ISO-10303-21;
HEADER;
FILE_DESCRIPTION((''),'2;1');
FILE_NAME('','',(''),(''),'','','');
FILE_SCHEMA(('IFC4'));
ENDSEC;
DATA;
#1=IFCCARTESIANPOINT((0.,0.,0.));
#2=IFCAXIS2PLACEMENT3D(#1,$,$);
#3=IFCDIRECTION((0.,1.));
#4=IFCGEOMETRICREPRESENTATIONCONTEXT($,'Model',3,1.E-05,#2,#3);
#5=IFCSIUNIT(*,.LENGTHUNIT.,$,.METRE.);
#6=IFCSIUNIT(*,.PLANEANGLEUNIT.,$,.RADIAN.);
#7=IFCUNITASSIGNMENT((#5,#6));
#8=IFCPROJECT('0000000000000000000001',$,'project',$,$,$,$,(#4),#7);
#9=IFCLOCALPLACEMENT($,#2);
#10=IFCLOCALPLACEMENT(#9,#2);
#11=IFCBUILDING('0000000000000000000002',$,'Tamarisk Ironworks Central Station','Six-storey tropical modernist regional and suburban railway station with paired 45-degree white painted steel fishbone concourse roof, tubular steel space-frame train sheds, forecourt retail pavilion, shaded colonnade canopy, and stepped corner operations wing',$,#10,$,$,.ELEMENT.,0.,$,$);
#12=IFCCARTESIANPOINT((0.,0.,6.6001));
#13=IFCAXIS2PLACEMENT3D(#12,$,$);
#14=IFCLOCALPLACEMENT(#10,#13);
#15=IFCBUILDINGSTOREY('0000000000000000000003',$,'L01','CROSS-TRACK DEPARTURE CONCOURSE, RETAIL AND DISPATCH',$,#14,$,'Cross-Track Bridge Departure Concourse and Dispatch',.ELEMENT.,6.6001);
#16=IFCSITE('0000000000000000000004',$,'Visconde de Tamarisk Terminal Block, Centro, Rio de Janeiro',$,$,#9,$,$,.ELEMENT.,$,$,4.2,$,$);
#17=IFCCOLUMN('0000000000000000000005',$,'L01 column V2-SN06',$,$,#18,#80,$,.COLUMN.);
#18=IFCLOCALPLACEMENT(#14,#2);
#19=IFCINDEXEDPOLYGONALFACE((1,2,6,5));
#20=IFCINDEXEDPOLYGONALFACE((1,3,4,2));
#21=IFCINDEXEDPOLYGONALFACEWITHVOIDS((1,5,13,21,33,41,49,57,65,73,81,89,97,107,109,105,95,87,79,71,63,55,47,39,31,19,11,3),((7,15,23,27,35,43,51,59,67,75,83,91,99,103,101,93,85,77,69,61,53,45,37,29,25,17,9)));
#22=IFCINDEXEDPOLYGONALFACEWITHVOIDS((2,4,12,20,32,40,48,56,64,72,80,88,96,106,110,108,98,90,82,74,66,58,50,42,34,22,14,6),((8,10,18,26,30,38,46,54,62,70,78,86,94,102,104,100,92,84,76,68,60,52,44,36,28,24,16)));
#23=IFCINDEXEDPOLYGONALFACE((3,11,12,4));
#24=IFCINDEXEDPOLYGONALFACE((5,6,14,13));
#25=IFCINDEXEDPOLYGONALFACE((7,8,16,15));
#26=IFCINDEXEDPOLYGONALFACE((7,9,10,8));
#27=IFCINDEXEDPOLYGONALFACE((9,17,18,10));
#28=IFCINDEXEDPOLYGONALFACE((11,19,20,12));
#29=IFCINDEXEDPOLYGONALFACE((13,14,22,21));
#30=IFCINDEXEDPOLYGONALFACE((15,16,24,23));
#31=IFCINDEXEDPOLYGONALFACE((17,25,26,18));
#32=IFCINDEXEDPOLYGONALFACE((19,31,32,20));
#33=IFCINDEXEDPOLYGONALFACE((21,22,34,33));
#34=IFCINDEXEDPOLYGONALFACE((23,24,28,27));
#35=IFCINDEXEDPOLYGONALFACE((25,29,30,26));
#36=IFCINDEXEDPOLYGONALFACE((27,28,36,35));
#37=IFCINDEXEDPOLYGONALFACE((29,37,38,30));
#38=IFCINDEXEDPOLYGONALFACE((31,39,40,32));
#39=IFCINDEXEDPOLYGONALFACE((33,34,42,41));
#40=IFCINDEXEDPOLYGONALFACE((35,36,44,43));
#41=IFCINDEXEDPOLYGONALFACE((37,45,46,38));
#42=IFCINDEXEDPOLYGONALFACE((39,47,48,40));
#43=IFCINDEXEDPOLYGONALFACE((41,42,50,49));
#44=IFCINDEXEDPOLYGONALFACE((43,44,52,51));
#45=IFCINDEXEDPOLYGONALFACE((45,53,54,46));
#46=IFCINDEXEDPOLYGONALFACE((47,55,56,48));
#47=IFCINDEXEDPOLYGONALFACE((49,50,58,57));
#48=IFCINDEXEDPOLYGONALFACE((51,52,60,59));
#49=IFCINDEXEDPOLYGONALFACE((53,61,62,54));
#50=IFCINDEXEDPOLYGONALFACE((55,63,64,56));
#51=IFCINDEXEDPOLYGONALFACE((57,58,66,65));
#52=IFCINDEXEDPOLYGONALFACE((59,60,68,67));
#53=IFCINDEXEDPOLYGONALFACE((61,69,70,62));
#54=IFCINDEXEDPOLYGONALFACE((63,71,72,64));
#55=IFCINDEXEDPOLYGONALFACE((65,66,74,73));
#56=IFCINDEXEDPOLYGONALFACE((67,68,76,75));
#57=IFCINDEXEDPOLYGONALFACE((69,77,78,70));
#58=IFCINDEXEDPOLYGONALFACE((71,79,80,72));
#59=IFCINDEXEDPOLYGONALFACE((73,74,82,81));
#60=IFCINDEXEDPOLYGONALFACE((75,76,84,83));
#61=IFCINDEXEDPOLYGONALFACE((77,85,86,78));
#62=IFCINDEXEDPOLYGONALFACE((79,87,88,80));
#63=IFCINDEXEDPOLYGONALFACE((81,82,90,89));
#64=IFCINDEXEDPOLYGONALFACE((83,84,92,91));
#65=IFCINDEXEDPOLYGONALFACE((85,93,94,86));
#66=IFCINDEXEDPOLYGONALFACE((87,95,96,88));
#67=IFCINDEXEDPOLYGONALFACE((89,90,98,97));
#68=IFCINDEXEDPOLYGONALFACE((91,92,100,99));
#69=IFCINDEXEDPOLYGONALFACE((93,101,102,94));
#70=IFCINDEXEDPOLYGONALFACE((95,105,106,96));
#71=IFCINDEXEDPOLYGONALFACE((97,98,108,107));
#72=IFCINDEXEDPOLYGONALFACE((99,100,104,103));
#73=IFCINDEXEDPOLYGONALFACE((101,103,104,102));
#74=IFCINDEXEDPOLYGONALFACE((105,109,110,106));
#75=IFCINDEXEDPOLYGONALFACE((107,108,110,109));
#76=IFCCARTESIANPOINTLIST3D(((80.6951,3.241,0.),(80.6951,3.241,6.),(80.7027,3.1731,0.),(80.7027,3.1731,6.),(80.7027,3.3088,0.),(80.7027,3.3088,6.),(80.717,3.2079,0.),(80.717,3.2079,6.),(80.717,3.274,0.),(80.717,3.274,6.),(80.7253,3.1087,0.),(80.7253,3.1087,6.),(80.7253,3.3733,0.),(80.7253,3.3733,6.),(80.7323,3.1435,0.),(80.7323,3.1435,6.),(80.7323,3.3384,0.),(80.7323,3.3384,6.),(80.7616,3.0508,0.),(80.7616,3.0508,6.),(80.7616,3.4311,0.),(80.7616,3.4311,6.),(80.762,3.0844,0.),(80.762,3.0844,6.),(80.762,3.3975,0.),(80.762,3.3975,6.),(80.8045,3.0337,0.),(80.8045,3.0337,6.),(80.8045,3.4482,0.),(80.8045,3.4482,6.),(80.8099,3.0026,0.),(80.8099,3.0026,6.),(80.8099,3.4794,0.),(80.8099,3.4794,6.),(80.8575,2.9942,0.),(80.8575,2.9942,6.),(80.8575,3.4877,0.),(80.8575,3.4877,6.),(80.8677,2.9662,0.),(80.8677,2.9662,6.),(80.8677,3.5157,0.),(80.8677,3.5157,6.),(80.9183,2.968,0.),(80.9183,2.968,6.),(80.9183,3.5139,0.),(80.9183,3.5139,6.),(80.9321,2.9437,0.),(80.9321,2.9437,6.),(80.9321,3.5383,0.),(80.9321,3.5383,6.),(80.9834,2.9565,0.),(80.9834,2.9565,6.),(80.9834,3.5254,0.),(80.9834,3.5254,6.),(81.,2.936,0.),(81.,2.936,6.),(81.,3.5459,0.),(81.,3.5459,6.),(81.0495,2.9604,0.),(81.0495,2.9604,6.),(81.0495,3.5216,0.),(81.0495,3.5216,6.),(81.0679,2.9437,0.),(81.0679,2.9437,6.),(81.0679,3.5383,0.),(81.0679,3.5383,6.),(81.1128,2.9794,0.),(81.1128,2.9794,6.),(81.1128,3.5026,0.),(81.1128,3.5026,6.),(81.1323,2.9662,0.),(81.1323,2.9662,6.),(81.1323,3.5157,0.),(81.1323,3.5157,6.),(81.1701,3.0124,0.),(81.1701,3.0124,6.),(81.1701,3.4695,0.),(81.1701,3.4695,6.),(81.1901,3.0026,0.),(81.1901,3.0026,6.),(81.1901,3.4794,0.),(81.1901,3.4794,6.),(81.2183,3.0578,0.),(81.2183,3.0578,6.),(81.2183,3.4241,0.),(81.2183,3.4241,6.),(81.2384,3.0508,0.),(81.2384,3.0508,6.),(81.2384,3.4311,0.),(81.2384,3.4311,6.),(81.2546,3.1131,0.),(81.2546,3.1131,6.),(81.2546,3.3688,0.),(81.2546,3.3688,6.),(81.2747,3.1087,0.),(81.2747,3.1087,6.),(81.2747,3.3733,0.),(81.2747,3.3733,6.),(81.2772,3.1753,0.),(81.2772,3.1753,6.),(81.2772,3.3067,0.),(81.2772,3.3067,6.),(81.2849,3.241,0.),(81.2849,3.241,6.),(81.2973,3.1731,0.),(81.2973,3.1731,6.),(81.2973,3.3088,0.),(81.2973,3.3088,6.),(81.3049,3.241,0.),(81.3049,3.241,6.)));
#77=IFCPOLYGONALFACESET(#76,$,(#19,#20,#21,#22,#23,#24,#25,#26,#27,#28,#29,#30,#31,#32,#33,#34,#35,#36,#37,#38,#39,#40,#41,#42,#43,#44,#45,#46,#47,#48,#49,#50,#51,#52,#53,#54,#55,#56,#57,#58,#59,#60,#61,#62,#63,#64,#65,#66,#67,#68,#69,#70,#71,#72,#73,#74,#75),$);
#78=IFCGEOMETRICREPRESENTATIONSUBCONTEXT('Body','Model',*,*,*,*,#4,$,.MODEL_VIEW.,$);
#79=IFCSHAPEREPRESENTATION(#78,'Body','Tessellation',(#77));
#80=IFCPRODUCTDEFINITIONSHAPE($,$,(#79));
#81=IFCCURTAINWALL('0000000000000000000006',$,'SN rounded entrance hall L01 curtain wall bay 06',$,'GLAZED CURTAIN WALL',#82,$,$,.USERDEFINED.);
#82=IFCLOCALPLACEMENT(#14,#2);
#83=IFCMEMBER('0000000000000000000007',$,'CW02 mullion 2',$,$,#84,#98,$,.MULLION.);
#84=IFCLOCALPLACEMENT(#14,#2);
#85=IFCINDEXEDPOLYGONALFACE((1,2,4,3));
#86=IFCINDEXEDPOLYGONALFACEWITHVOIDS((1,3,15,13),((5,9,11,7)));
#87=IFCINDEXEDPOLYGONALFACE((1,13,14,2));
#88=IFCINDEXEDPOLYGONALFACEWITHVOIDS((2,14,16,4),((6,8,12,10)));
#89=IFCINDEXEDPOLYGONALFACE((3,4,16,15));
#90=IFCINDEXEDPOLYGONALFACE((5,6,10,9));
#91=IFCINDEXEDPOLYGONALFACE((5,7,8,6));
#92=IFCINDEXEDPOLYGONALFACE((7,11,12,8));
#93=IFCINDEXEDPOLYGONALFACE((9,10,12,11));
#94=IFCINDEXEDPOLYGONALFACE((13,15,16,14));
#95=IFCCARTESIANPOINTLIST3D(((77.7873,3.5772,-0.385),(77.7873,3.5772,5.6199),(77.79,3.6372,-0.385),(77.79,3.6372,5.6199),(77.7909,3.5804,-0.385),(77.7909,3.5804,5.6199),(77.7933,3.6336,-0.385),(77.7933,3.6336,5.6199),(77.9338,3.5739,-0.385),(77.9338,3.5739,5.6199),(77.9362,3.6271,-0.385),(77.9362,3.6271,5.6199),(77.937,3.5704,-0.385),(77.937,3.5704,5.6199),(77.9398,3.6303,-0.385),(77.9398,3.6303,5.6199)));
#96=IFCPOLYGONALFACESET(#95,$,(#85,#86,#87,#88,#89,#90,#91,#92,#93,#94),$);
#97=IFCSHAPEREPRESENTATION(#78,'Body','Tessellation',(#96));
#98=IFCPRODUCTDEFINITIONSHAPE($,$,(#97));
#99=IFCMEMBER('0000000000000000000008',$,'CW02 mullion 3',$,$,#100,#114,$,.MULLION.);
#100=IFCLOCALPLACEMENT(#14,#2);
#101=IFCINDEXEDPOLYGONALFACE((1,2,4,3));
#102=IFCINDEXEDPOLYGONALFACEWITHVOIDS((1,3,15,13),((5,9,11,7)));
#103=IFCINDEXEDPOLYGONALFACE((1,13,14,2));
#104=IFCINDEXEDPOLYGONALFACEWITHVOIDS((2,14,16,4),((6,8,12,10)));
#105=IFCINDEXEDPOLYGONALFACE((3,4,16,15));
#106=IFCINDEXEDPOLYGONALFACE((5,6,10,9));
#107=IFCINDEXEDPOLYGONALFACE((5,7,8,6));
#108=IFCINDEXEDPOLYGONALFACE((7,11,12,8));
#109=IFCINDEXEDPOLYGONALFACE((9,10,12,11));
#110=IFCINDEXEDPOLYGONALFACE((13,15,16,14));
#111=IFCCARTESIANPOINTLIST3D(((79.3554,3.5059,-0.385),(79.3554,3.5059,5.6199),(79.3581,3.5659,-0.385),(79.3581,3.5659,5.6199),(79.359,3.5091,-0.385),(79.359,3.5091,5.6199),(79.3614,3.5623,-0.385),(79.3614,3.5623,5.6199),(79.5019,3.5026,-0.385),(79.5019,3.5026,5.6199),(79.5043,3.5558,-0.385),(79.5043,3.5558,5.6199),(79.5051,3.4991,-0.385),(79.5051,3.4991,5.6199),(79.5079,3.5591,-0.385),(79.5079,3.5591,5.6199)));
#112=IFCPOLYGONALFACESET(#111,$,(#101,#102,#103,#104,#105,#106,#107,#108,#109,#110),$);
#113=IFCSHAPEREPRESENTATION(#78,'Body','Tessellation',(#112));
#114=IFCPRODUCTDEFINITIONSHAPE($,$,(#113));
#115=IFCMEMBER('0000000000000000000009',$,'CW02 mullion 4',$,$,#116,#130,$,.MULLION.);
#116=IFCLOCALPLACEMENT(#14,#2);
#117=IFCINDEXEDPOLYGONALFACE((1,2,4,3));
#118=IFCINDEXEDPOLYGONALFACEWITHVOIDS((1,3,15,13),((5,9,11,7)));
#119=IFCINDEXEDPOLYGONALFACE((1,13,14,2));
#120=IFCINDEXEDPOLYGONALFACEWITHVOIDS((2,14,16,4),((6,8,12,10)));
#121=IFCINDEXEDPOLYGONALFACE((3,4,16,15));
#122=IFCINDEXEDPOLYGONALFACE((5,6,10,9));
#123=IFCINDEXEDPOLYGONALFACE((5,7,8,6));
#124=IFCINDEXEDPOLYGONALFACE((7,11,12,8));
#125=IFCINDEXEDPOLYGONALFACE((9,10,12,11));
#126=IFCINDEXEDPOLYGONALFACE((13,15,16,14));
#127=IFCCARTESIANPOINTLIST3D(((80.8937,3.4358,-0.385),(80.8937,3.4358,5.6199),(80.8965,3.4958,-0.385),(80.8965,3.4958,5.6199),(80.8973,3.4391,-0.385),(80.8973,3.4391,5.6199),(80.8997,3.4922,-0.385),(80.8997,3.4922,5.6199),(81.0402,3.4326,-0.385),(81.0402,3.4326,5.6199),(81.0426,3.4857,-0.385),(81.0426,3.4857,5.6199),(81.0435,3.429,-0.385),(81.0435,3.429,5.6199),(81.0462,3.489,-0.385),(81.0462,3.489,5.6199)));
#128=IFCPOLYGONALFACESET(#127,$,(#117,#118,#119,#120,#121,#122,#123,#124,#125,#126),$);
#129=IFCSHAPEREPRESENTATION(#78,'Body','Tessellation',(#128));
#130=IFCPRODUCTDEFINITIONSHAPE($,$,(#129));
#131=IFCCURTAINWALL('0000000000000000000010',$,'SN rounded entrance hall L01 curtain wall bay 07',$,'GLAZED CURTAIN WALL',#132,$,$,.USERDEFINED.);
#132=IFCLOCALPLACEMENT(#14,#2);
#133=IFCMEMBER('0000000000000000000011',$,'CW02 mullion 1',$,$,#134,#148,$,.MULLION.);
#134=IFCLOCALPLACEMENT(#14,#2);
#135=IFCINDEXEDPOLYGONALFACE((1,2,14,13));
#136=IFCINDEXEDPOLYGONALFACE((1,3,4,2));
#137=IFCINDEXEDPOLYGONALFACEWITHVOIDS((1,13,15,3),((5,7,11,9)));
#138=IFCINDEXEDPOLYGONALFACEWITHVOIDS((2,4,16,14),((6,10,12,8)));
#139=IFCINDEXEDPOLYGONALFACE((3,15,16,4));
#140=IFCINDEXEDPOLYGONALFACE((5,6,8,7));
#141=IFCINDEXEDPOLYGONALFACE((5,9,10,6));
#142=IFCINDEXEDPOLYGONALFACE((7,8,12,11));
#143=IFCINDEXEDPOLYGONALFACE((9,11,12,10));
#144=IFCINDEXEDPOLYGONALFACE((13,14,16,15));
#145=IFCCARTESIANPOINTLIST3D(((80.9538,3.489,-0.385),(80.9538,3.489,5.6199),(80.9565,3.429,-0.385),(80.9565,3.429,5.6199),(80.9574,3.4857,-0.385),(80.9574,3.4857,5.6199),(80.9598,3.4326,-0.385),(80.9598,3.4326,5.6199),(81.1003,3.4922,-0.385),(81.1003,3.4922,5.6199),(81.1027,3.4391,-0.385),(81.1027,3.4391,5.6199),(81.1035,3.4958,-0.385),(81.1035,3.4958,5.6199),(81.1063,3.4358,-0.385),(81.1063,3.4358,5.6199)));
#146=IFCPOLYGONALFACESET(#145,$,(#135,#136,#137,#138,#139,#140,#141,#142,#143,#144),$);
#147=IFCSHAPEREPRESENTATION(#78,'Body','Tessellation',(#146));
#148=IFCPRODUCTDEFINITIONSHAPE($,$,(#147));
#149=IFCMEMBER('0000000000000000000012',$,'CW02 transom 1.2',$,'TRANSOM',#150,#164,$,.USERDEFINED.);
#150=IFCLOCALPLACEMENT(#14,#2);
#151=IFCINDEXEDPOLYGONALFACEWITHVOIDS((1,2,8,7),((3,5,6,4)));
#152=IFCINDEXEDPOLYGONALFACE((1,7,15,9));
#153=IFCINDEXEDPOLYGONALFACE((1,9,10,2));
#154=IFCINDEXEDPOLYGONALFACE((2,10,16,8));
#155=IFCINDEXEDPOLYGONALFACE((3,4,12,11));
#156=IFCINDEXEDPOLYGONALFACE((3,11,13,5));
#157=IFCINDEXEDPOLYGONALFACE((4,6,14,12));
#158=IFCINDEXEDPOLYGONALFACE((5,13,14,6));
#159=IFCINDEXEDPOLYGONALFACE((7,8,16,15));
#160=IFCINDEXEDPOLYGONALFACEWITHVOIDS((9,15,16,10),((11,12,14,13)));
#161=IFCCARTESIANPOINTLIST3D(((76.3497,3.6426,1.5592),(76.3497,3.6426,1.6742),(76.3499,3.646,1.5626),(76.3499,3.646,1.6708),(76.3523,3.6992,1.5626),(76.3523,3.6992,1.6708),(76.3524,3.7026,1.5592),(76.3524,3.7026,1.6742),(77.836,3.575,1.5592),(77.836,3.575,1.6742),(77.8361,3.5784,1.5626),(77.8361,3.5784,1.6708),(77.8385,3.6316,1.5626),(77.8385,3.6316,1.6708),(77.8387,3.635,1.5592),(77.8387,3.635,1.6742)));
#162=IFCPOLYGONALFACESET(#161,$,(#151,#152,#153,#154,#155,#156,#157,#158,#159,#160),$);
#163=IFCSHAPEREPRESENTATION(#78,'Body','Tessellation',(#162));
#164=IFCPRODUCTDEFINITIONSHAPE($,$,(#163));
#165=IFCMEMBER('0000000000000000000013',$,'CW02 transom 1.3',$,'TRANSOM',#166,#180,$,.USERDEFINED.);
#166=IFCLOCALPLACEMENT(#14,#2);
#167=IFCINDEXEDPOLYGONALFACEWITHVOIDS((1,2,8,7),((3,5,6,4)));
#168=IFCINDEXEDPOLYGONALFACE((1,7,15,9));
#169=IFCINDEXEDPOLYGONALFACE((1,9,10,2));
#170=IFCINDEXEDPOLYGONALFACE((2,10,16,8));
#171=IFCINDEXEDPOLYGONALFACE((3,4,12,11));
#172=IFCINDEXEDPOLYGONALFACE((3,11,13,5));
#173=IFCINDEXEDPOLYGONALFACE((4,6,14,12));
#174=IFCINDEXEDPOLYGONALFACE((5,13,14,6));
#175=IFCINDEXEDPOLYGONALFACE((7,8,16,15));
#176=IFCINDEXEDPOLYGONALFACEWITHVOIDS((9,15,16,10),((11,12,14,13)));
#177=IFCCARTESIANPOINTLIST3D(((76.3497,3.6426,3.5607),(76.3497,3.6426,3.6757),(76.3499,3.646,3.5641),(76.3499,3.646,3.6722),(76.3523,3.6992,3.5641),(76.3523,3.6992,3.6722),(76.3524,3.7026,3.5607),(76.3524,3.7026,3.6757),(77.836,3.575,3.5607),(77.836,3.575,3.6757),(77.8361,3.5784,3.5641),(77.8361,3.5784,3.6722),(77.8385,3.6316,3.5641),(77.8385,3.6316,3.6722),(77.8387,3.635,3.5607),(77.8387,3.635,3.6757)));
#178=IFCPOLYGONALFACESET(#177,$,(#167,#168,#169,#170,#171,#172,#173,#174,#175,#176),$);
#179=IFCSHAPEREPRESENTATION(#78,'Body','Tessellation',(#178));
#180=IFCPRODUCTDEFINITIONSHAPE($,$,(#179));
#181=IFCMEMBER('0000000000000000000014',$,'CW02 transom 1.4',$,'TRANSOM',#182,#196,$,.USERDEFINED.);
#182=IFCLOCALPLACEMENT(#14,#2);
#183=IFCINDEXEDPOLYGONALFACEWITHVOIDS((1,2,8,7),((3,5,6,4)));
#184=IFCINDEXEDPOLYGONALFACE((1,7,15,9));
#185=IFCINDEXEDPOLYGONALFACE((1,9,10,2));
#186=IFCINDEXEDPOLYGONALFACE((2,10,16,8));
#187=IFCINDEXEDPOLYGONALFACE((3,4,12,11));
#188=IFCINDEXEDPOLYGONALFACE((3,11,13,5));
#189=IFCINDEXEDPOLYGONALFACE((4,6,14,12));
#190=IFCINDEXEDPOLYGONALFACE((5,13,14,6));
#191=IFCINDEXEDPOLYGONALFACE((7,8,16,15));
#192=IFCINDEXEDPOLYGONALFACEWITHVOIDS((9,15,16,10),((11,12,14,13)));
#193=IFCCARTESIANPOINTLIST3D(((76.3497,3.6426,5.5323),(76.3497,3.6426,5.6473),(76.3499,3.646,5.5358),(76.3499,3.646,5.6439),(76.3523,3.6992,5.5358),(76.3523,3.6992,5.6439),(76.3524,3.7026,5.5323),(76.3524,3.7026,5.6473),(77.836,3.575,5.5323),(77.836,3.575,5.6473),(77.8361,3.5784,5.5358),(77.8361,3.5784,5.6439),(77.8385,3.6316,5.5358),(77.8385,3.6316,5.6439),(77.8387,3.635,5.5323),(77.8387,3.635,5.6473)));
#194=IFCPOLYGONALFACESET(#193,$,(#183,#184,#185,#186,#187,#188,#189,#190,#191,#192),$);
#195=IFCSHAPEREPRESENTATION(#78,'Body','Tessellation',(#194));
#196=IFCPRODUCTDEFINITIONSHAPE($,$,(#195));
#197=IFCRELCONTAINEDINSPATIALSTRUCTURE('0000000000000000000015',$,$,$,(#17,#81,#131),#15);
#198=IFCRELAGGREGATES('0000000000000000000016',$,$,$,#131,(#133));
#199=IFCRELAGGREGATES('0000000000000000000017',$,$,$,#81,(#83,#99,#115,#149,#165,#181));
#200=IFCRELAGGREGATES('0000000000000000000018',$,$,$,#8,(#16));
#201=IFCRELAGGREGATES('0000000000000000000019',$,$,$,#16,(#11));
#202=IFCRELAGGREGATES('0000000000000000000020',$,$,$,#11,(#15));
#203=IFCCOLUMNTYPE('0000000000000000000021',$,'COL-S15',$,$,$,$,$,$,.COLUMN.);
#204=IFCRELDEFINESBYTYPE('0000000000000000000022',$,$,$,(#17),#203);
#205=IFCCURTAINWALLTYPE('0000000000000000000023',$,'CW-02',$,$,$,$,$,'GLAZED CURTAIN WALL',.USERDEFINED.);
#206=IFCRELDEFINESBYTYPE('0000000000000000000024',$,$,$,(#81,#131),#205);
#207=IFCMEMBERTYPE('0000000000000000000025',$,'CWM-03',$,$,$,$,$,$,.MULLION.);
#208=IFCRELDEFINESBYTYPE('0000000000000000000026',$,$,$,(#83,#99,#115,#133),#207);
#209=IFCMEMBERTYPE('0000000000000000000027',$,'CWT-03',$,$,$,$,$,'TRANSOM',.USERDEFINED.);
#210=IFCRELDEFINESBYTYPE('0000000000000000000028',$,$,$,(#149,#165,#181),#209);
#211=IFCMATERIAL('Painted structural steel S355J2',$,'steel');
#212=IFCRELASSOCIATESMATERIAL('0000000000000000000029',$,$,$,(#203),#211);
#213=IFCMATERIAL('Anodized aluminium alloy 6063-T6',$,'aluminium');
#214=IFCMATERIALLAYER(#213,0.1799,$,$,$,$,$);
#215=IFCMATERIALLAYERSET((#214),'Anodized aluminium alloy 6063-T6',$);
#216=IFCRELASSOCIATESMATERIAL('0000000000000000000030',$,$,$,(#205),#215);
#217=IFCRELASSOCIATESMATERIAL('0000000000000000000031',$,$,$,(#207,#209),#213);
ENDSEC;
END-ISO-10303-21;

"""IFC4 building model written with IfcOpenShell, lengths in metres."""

from ifc_helpers import new_model, si_unit, direction, frame, origin, origin_2d, place, context, subcontext, project, spatial, hollow_rectangle, hollow_circle, extrude, material, layer, layer_set, material_profile, profile_set, type_object, element, aggregate, save


model = new_model("IFC4")

# Units and contexts
model_context = context("Model", 3, precision=1e-05, world=origin(), true_north=direction((0.0, 1.0)))
body_context = subcontext(model_context, "Body", "Model", "MODEL_VIEW")
ifc_project = project(units=[si_unit("LENGTHUNIT", "METRE"), si_unit("PLANEANGLEUNIT", "RADIAN")], contexts=[model_context])

# Site, building, storey
site_placement = place(None, origin())
site = spatial("IfcSite", under=ifc_project, at=site_placement, Name="Visconde de Tamarisk Terminal Block, Centro, Rio de Janeiro", CompositionType="ELEMENT", RefElevation=4.2)
building_placement = place(site_placement, origin())
building = spatial("IfcBuilding", under=site, at=building_placement, Name="Tamarisk Ironworks Central Station", Description="Six-storey tropical modernist regional and suburban railway station with paired 45-degree white painted steel fishbone concourse roof, tubular steel space-frame train sheds, forecourt retail pavilion, shaded colonnade canopy, and stepped corner operations wing", CompositionType="ELEMENT", ElevationOfRefHeight=0.0)
storey_placement = place(building_placement, frame((0.0, 0.0, 6.6001)))
storey = spatial("IfcBuildingStorey", under=building, at=storey_placement, Name="L01", Description="CROSS-TRACK DEPARTURE CONCOURSE, RETAIL AND DISPATCH", LongName="Cross-Track Bridge Departure Concourse and Dispatch", CompositionType="ELEMENT", Elevation=6.6001)

# Column
ifc_material_1 = material(Name="Painted structural steel S355J2", Category="steel")
ifc_material_profile_1 = material_profile(ifc_material_1, hollow_circle(Radius=0.3049, WallThickness=0.02, at=origin_2d()), Name="CHS 610x20")
ifc_profile_set_1 = profile_set([ifc_material_profile_1], Name="Painted structural steel S355J2")
column_type = type_object("IfcColumnType", Name="COL-S15", PredefinedType="COLUMN", material=ifc_profile_set_1)
column_placement = place(storey_placement, frame((81.0, 3.241, 0.0), z_axis=(0.0, 0.0, 1.0), x_axis=(1.0, 0.0, 0.0)))
element("IfcColumn", 1, at=column_placement, inside=storey, type_object=column_type, Name="L01 column V2-SN06", PredefinedType="COLUMN", context=body_context, shape_type="SweptSolid", body=[
    extrude(hollow_circle(Radius=0.3049, WallThickness=0.02, at=origin_2d()), origin(), (0.0, 0.0, 1.0), 6.0),
])

# Curtain wall, members
ifc_material_2 = material(Name="Anodized aluminium alloy 6063-T6", Category="aluminium")
ifc_layer_1 = layer(ifc_material_2, 0.1799)
ifc_layer_set_1 = layer_set([ifc_layer_1], Name="Anodized aluminium alloy 6063-T6")
curtain_wall_type = type_object("IfcCurtainWallType", Name="CW-02", ElementType="GLAZED CURTAIN WALL", PredefinedType="USERDEFINED", material=ifc_layer_set_1)
curtain_wall_1_placement = place(storey_placement, origin())
curtain_wall_1 = element("IfcCurtainWall", 2, at=curtain_wall_1_placement, inside=storey, type_object=curtain_wall_type, Name="SN rounded entrance hall L01 curtain wall bay 06", ObjectType="GLAZED CURTAIN WALL", PredefinedType="USERDEFINED")
ifc_material_profile_2 = material_profile(ifc_material_2, hollow_rectangle(XDim=0.0601, YDim=0.1499, WallThickness=0.0034, at=origin_2d()), Name="ALUM 150x60")
ifc_profile_set_2 = profile_set([ifc_material_profile_2], Name="Anodized aluminium alloy 6063-T6")
member_type_1 = type_object("IfcMemberType", Name="CWM-03", PredefinedType="MULLION", material=ifc_profile_set_2)
member_1_placement = place(storey_placement, frame((77.8635, 3.6038, -0.385), z_axis=(0.0, 0.0, 1.0), x_axis=(0.045481, 0.998965, 0.0)))
member_1 = element("IfcMember", 3, at=member_1_placement, type_object=member_type_1, Name="CW02 mullion 2", PredefinedType="MULLION", context=body_context, shape_type="SweptSolid", body=[
    extrude(hollow_rectangle(XDim=0.0601, YDim=0.1499, WallThickness=0.0034, at=origin_2d()), origin(), (0.0, 0.0, 1.0), 6.0049),
])
member_2_placement = place(storey_placement, frame((79.4316, 3.5325, -0.385), z_axis=(0.0, 0.0, 1.0), x_axis=(0.045481, 0.998965, 0.0)))
member_2 = element("IfcMember", 4, at=member_2_placement, type_object=member_type_1, Name="CW02 mullion 3", PredefinedType="MULLION", context=body_context, shape_type="SweptSolid", body=[
    extrude(hollow_rectangle(XDim=0.0601, YDim=0.1499, WallThickness=0.0034, at=origin_2d()), origin(), (0.0, 0.0, 1.0), 6.0049),
])
member_3_placement = place(storey_placement, frame((80.97, 3.4624, -0.385), z_axis=(0.0, 0.0, 1.0), x_axis=(0.045481, 0.998965, 0.0)))
member_3 = element("IfcMember", 5, at=member_3_placement, type_object=member_type_1, Name="CW02 mullion 4", PredefinedType="MULLION", context=body_context, shape_type="SweptSolid", body=[
    extrude(hollow_rectangle(XDim=0.0601, YDim=0.1499, WallThickness=0.0034, at=origin_2d()), origin(), (0.0, 0.0, 1.0), 6.0049),
])

# Curtain wall, member
curtain_wall_2_placement = place(storey_placement, origin())
curtain_wall_2 = element("IfcCurtainWall", 6, at=curtain_wall_2_placement, inside=storey, type_object=curtain_wall_type, Name="SN rounded entrance hall L01 curtain wall bay 07", ObjectType="GLAZED CURTAIN WALL", PredefinedType="USERDEFINED")
member_4_placement = place(storey_placement, frame((81.03, 3.4624, -0.385), z_axis=(0.0, 0.0, 1.0), x_axis=(-0.045481, 0.998965, 0.0)))
member_4 = element("IfcMember", 7, at=member_4_placement, type_object=member_type_1, Name="CW02 mullion 1", PredefinedType="MULLION", context=body_context, shape_type="SweptSolid", body=[
    extrude(hollow_rectangle(XDim=0.0601, YDim=0.1499, WallThickness=0.0034, at=origin_2d()), origin(), (0.0, 0.0, 1.0), 6.0049),
])
aggregate(curtain_wall_2, [member_4])

# Members
ifc_material_profile_3 = material_profile(ifc_material_2, hollow_rectangle(XDim=0.0601, YDim=0.115, WallThickness=0.0034, at=origin_2d()), Name="ALUM 115x60")
ifc_profile_set_3 = profile_set([ifc_material_profile_3], Name="Anodized aluminium alloy 6063-T6")
member_type_2 = type_object("IfcMemberType", Name="CWT-03", ElementType="TRANSOM", PredefinedType="USERDEFINED", material=ifc_profile_set_3)
member_5_placement = place(storey_placement, frame((76.3511, 3.6726, 1.6167), z_axis=(0.998967, -0.045452, 0.0), x_axis=(0.045452, 0.998967, 0.0)))
member_5 = element("IfcMember", 8, at=member_5_placement, type_object=member_type_2, Name="CW02 transom 1.2", ObjectType="TRANSOM", PredefinedType="USERDEFINED", context=body_context, shape_type="SweptSolid", body=[
    extrude(hollow_rectangle(XDim=0.0601, YDim=0.115, WallThickness=0.0034, at=origin_2d()), origin(), (0.0, 0.0, 1.0), 1.4878),
])
member_6_placement = place(storey_placement, frame((76.3511, 3.6726, 3.6182), z_axis=(0.998967, -0.045452, 0.0), x_axis=(0.045452, 0.998967, 0.0)))
member_6 = element("IfcMember", 9, at=member_6_placement, type_object=member_type_2, Name="CW02 transom 1.3", ObjectType="TRANSOM", PredefinedType="USERDEFINED", context=body_context, shape_type="SweptSolid", body=[
    extrude(hollow_rectangle(XDim=0.0601, YDim=0.115, WallThickness=0.0034, at=origin_2d()), origin(), (0.0, 0.0, 1.0), 1.4878),
])
member_7_placement = place(storey_placement, frame((76.3511, 3.6726, 5.5898), z_axis=(0.998967, -0.045452, 0.0), x_axis=(0.045452, 0.998967, 0.0)))
member_7 = element("IfcMember", 10, at=member_7_placement, type_object=member_type_2, Name="CW02 transom 1.4", ObjectType="TRANSOM", PredefinedType="USERDEFINED", context=body_context, shape_type="SweptSolid", body=[
    extrude(hollow_rectangle(XDim=0.0601, YDim=0.115, WallThickness=0.0034, at=origin_2d()), origin(), (0.0, 0.0, 1.0), 1.4878),
])

aggregate(curtain_wall_1, [member_1, member_2, member_3, member_5, member_6, member_7])

save(model, "model.ifc")
